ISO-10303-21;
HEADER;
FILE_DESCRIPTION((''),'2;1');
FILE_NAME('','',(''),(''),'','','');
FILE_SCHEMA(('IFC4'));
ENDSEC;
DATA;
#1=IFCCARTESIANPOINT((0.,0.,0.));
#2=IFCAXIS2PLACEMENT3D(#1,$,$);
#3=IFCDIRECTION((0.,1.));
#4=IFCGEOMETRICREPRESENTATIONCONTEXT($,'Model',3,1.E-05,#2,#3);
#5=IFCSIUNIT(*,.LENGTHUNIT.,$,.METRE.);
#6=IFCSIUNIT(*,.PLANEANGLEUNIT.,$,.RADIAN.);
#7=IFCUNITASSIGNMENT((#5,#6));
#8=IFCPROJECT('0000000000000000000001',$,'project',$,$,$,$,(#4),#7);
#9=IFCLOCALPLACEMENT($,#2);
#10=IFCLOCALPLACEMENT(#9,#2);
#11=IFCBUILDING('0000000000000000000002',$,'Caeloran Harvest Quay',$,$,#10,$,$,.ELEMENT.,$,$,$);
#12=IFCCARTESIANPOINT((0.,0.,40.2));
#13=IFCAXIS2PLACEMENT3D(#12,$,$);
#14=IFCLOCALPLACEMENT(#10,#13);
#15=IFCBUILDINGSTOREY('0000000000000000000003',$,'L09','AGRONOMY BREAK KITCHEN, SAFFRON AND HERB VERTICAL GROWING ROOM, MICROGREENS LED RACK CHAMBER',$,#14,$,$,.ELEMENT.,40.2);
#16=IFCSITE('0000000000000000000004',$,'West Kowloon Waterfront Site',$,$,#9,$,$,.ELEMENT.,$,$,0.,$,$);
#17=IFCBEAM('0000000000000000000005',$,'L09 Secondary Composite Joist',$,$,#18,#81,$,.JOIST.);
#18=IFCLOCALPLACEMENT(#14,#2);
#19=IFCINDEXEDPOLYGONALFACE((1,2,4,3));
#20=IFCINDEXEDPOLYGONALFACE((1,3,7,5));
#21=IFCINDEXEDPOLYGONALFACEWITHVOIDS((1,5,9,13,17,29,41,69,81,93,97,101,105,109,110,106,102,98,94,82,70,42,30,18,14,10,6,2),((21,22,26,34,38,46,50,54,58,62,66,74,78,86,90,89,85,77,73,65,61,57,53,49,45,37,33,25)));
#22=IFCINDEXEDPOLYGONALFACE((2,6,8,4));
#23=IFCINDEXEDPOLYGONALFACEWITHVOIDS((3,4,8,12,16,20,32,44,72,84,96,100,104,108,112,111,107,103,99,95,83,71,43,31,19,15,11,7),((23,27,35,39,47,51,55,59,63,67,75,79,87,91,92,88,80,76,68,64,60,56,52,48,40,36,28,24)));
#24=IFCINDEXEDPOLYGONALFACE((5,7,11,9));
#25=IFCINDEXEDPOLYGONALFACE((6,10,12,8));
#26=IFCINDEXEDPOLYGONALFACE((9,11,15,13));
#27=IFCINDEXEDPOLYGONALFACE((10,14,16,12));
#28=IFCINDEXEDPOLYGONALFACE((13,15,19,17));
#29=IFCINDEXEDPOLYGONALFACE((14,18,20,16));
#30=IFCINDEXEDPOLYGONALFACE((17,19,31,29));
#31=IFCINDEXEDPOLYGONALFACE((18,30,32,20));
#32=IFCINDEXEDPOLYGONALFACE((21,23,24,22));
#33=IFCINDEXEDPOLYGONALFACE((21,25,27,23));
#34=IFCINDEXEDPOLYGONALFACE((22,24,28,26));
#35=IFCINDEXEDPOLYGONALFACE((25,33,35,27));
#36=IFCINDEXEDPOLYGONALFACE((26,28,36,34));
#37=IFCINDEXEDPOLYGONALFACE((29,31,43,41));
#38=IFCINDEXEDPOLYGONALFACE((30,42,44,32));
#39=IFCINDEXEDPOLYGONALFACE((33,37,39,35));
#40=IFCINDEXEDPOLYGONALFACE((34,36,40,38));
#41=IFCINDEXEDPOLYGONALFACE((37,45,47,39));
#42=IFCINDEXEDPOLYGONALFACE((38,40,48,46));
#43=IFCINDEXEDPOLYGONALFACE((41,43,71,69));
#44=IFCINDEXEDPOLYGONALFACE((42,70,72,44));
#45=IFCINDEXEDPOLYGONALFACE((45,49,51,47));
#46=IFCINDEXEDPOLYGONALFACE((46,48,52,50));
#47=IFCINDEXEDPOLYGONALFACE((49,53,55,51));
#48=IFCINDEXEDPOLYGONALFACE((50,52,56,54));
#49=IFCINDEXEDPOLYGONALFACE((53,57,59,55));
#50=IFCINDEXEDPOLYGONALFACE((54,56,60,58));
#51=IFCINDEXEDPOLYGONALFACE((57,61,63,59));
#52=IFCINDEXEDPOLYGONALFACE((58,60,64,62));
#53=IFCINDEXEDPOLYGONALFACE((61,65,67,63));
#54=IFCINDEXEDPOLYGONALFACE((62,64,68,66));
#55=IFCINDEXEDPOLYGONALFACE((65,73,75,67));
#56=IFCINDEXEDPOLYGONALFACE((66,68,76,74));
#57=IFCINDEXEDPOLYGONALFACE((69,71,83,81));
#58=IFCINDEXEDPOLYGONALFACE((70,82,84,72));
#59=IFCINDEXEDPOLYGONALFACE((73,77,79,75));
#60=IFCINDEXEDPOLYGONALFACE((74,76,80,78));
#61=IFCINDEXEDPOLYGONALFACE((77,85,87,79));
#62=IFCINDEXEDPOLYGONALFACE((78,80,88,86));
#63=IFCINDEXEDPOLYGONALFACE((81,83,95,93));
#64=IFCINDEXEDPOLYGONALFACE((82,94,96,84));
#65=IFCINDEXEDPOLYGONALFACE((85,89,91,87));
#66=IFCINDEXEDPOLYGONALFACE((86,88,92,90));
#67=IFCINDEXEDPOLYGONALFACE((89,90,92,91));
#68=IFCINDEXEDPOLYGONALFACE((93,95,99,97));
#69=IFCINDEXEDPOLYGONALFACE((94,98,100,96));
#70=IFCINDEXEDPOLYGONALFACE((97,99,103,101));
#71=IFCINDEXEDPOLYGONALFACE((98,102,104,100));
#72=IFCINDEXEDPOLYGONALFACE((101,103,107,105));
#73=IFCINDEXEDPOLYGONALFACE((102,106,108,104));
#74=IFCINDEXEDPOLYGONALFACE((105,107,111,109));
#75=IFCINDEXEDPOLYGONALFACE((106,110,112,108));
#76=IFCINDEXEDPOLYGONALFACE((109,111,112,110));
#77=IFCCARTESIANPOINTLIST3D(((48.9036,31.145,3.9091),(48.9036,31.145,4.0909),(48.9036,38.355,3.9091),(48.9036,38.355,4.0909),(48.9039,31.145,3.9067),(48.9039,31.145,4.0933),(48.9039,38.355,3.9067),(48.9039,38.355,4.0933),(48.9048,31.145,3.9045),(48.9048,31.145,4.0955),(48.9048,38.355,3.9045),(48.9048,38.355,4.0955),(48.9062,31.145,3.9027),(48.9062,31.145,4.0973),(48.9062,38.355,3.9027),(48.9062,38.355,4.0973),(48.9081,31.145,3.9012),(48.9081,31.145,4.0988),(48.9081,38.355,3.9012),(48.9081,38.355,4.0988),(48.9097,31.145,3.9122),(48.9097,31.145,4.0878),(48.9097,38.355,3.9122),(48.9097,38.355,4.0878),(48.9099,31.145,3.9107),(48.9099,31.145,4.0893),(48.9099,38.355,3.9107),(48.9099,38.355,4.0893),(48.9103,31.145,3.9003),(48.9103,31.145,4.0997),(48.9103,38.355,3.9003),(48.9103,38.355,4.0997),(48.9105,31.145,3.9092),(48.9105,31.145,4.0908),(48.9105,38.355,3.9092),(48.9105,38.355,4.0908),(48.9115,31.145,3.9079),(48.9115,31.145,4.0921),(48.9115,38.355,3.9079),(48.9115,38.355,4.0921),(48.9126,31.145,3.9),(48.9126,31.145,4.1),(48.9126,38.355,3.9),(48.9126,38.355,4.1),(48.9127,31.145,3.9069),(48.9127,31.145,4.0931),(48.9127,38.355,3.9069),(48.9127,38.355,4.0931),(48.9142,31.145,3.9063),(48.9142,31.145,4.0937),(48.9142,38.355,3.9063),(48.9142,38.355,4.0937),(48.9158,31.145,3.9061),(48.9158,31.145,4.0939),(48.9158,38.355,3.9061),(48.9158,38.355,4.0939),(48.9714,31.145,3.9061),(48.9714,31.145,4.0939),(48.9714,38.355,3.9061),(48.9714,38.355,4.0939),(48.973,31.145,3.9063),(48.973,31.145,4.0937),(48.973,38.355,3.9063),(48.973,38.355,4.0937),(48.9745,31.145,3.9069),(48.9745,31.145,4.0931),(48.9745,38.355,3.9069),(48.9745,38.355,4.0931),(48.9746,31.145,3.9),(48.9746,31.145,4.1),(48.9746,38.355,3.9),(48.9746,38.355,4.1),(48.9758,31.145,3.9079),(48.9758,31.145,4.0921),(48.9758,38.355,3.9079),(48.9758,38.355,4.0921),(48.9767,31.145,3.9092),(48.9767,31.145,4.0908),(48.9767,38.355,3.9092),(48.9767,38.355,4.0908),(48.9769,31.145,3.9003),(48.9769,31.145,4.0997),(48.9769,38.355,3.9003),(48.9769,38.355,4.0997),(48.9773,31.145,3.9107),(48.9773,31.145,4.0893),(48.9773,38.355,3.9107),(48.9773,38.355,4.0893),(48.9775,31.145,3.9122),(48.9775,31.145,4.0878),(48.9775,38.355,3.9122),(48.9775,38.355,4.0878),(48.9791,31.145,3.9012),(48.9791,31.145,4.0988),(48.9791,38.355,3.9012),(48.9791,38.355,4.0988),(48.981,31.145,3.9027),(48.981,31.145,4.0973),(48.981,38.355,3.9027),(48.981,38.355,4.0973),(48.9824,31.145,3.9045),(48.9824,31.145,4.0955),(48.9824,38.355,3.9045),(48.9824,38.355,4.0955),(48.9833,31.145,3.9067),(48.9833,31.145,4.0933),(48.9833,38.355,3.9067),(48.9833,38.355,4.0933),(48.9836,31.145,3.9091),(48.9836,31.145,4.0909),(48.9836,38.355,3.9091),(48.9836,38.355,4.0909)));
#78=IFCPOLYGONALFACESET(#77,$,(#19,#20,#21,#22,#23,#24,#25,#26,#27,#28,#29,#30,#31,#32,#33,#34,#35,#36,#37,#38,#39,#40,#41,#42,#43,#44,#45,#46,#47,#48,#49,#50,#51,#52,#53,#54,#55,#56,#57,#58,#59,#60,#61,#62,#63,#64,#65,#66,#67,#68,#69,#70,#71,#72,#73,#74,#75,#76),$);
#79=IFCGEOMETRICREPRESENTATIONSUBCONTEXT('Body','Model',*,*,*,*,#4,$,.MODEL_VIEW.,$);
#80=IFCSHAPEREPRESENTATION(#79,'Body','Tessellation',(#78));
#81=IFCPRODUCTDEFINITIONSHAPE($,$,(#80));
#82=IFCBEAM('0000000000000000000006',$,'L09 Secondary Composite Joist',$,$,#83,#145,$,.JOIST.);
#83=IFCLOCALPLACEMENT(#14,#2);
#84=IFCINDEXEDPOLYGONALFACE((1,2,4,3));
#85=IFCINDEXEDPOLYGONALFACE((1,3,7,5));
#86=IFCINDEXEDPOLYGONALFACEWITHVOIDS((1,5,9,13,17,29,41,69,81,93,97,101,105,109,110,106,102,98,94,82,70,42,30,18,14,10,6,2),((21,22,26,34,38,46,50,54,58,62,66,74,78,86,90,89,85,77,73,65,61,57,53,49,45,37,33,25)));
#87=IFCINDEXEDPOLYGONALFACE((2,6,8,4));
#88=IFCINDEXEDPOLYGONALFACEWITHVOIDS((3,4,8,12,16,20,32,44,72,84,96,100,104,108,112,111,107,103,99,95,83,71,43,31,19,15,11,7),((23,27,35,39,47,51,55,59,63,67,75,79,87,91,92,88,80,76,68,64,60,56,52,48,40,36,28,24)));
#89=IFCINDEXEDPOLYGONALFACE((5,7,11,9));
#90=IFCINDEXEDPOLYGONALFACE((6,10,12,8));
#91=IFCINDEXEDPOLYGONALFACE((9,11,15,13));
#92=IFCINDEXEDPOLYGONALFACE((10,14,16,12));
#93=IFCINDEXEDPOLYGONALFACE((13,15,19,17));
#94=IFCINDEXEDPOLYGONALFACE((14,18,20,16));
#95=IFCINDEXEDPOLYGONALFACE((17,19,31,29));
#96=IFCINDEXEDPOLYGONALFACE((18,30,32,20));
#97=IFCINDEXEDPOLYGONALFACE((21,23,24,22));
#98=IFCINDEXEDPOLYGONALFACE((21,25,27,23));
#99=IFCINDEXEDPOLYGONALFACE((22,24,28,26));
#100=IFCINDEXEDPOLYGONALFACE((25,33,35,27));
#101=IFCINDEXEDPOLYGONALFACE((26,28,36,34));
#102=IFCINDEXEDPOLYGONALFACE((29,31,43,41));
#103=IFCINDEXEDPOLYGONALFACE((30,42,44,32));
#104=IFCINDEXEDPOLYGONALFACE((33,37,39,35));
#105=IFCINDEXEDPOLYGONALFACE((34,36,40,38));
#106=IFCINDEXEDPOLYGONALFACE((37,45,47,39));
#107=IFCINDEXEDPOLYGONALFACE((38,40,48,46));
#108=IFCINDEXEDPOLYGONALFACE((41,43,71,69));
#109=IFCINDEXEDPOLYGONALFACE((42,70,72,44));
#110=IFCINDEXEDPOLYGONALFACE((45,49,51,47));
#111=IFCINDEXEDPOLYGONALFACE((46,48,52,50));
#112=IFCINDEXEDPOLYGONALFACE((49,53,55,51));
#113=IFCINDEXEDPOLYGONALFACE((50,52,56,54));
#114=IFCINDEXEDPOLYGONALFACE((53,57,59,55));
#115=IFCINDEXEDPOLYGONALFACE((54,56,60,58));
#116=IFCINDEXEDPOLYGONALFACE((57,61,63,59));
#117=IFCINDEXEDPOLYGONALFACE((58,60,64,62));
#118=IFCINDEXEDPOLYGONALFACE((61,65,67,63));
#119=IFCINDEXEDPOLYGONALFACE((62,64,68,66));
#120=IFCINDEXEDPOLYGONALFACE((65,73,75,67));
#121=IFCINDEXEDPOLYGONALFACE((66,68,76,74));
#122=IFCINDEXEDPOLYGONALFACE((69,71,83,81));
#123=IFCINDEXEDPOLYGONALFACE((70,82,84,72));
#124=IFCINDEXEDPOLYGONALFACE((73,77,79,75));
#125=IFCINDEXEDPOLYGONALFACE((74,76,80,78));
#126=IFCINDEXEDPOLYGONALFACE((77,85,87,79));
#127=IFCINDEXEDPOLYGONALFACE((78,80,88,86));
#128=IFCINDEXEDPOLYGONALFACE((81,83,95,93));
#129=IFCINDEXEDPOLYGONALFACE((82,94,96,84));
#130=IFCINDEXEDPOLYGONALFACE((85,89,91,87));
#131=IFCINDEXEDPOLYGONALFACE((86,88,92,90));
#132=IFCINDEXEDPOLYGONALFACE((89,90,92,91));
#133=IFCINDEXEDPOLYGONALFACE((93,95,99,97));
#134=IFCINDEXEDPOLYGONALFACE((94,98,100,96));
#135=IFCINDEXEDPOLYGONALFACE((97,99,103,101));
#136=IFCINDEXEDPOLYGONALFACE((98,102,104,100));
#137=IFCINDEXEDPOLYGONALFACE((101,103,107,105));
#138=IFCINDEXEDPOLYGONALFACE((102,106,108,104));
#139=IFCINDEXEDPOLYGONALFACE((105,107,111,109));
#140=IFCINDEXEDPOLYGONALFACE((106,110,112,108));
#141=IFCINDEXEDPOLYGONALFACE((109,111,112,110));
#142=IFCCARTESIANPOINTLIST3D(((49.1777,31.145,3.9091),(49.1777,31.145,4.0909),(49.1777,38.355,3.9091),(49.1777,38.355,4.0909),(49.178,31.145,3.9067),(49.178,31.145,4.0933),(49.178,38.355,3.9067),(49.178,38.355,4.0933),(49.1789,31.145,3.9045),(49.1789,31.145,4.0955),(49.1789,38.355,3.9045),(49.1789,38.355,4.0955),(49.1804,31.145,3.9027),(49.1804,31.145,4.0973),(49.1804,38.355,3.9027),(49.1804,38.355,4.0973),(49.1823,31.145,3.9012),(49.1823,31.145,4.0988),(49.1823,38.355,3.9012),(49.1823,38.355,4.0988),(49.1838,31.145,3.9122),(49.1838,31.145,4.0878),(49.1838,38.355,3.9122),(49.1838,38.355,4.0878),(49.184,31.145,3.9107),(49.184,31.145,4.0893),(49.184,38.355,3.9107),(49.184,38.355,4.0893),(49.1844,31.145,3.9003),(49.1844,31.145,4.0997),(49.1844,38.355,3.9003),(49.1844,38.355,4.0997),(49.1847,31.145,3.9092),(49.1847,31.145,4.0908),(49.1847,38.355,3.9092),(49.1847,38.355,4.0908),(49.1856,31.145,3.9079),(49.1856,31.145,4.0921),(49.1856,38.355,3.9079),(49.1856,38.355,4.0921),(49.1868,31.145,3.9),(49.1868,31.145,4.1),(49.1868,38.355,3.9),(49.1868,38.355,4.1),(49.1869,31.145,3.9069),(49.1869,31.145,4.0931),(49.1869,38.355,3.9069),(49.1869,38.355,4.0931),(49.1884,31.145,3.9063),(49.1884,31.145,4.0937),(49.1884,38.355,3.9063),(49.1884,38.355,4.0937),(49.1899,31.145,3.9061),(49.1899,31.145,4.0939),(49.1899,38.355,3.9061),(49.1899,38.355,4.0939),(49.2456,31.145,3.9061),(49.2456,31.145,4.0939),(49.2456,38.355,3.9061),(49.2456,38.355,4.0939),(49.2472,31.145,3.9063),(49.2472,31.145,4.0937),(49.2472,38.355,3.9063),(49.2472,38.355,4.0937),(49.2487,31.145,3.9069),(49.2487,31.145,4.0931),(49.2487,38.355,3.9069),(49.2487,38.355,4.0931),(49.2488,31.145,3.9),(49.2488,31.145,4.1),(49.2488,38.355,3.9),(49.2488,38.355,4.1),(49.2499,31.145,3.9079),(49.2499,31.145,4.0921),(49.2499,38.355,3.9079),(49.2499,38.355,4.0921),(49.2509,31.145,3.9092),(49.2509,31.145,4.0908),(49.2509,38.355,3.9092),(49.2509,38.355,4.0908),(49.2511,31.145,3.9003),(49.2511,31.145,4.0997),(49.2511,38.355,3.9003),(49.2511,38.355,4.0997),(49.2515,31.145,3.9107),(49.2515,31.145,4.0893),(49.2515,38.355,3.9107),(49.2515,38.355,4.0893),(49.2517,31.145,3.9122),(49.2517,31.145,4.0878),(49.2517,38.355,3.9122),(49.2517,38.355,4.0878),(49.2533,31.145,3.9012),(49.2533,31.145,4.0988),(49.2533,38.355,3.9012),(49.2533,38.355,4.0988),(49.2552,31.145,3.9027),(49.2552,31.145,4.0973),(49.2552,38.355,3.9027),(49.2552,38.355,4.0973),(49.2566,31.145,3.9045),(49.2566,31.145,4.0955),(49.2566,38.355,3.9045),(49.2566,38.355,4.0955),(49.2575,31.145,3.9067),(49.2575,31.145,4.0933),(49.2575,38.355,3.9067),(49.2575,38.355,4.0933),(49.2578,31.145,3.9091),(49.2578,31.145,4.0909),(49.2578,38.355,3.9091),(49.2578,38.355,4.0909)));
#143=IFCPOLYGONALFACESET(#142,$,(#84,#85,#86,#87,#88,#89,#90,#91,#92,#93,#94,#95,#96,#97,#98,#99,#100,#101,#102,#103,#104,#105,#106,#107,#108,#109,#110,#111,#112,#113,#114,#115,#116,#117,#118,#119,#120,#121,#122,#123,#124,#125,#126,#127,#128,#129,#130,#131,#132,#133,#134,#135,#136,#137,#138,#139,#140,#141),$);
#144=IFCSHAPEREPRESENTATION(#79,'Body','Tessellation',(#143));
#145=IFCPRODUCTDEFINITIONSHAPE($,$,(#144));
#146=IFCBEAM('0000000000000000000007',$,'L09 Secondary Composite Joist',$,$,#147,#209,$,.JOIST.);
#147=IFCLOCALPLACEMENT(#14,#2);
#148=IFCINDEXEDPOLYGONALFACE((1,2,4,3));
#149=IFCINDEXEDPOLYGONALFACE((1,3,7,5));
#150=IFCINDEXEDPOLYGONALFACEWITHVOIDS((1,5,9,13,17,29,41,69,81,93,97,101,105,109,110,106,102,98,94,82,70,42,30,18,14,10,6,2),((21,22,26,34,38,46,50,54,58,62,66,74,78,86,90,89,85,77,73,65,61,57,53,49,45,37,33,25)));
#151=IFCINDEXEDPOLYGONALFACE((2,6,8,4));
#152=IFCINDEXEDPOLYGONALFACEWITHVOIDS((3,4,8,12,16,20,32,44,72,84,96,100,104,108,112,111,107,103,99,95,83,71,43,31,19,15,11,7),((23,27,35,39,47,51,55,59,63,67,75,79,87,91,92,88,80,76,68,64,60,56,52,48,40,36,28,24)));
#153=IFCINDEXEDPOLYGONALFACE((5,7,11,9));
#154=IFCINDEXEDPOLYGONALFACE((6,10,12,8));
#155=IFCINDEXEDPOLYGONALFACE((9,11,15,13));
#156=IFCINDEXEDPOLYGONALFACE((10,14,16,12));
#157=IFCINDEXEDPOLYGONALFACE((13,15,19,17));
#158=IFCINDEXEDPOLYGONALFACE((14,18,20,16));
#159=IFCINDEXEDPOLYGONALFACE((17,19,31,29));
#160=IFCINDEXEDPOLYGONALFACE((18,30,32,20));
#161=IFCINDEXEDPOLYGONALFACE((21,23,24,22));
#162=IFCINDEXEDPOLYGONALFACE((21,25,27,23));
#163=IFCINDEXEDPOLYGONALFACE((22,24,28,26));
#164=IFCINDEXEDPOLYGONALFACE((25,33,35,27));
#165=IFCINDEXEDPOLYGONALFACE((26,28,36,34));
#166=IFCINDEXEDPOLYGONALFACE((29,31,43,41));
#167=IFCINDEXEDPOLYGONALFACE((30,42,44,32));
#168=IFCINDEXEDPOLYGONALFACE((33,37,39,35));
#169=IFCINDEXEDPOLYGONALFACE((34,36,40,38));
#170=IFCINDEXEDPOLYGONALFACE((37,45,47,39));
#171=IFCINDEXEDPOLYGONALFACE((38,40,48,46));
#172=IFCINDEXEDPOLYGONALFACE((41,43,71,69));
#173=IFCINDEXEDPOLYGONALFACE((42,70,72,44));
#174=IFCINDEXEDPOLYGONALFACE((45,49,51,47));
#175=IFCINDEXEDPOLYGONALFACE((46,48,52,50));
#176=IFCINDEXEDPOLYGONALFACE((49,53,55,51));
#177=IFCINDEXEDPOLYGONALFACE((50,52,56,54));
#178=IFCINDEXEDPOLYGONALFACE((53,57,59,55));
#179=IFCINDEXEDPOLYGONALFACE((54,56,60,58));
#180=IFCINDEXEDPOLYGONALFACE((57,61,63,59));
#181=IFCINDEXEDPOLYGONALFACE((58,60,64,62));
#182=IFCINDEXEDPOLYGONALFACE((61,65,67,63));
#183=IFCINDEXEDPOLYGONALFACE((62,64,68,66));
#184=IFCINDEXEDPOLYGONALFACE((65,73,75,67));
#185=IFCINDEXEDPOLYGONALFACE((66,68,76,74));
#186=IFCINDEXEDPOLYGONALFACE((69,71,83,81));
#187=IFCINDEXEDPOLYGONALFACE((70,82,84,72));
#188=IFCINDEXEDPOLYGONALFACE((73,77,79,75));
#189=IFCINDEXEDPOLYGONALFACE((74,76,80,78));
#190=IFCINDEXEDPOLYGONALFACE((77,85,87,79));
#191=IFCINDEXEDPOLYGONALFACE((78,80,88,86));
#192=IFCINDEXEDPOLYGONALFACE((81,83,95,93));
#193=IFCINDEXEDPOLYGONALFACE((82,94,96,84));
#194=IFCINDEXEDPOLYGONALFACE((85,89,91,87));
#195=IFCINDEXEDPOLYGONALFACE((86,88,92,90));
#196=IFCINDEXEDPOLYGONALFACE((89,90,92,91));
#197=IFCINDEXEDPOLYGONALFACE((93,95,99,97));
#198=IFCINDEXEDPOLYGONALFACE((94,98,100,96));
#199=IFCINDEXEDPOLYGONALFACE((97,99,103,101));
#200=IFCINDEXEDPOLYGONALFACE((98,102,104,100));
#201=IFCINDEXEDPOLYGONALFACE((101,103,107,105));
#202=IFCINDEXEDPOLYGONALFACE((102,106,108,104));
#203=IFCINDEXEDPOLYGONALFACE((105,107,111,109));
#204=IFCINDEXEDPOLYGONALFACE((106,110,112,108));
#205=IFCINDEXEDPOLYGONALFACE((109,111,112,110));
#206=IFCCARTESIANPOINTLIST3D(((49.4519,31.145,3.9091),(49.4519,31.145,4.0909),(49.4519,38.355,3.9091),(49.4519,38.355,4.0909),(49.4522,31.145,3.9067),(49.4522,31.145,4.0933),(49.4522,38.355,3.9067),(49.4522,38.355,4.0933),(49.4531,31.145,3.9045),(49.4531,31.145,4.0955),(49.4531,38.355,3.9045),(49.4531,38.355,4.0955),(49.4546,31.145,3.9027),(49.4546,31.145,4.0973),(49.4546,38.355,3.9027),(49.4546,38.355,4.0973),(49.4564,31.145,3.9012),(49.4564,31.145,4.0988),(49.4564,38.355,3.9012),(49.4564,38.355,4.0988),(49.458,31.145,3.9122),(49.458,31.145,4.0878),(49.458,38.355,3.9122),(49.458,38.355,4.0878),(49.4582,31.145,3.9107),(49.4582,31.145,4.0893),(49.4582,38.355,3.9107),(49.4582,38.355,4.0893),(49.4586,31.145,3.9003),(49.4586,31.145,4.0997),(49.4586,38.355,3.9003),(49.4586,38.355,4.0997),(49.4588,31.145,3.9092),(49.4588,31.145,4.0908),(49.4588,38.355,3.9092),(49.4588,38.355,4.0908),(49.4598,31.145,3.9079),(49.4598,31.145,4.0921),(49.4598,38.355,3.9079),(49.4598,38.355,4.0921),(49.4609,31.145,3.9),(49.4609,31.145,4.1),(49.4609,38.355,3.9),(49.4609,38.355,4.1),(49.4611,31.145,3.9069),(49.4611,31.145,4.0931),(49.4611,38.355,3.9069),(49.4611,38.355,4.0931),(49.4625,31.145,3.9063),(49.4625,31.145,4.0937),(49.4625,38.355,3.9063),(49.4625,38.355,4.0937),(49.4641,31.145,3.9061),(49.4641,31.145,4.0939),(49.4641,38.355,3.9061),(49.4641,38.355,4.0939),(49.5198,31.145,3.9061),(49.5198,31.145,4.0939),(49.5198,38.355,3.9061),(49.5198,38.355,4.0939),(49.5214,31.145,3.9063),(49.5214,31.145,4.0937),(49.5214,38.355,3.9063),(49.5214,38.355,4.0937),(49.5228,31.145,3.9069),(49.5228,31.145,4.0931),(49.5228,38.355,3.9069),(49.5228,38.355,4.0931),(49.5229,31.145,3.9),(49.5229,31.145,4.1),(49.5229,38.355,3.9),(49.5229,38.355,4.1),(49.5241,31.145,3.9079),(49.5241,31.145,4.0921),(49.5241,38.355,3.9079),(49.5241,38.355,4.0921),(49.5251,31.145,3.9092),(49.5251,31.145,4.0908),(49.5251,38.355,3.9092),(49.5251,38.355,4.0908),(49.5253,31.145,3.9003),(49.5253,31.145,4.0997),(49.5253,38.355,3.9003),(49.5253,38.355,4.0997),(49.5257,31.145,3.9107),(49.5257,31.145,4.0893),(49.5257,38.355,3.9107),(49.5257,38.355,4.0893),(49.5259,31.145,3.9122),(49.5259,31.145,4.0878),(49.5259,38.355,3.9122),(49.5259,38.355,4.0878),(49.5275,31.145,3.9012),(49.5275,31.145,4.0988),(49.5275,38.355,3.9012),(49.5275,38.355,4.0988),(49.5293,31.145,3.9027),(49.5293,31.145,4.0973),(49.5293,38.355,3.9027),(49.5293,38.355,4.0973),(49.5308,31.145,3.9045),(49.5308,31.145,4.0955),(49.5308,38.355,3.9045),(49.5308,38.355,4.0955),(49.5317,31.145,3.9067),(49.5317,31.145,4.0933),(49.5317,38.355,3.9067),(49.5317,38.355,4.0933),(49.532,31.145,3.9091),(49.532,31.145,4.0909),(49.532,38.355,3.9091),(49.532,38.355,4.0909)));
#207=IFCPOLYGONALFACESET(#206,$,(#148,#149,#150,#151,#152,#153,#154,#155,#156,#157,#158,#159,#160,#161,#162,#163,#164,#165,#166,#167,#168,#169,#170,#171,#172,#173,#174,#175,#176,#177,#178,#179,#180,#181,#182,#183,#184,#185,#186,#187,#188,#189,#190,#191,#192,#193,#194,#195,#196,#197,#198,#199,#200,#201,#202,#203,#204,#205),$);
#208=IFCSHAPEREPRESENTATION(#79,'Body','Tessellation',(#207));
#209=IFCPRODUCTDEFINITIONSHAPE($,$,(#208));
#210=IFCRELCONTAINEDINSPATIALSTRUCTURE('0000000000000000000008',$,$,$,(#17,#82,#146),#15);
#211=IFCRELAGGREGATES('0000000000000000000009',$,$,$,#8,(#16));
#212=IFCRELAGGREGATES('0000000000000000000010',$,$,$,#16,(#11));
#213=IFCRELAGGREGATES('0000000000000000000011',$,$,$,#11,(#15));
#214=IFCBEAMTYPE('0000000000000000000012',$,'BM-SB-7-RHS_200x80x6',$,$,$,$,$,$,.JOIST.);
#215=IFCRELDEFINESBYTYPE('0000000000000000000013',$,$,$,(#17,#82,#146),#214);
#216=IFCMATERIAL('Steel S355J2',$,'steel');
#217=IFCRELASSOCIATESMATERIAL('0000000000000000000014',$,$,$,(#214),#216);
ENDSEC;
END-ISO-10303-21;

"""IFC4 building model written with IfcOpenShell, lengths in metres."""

from ifc_helpers import new_model, si_unit, direction, frame, origin, origin_2d, place, context, subcontext, project, spatial, hollow_rectangle, extrude, material, material_profile, profile_set, type_object, element, save


model = new_model("IFC4")

# Units and contexts
model_context = context("Model", 3, precision=1e-05, world=origin(), true_north=direction((0.0, 1.0)))
body_context = subcontext(model_context, "Body", "Model", "MODEL_VIEW")
ifc_project = project(units=[si_unit("LENGTHUNIT", "METRE"), si_unit("PLANEANGLEUNIT", "RADIAN")], contexts=[model_context])

# Site, building, storey
site_placement = place(None, origin())
site = spatial("IfcSite", under=ifc_project, at=site_placement, Name="West Kowloon Waterfront Site", CompositionType="ELEMENT", RefElevation=0.0)
building_placement = place(site_placement, origin())
building = spatial("IfcBuilding", under=site, at=building_placement, Name="Caeloran Harvest Quay", CompositionType="ELEMENT")
storey_placement = place(building_placement, frame((0.0, 0.0, 40.2)))
storey = spatial("IfcBuildingStorey", under=building, at=storey_placement, Name="L09", Description="AGRONOMY BREAK KITCHEN, SAFFRON AND HERB VERTICAL GROWING ROOM, MICROGREENS LED RACK CHAMBER", CompositionType="ELEMENT", Elevation=40.2)

# Beams
ifc_material_1 = material(Name="Steel S355J2", Category="steel")
ifc_material_profile_1 = material_profile(ifc_material_1, hollow_rectangle(XDim=0.0801, YDim=0.2, WallThickness=0.0061, InnerFilletRadius=0.0061, OuterFilletRadius=0.009, at=origin_2d()), Name="RHS 200x80x6")
ifc_profile_set_1 = profile_set([ifc_material_profile_1], Name="Steel S355J2")
beam_type_1 = type_object("IfcBeamType", Name="BM-SB-7-RHS_200x80x6", PredefinedType="JOIST", material=ifc_profile_set_1)
for number, where, z_axis, x_axis, name in (
    (1, (48.9436, 31.145, 4.0), (0.0, 1.0, 0.0), (-1.0, 0.0, 0.0), "L09 Secondary Composite Joist"),
    (2, (49.2178, 31.145, 4.0), (0.0, 1.0, 0.0), (-1.0, 0.0, 0.0), "L09 Secondary Composite Joist"),
    (3, (49.4919, 31.145, 4.0), (0.0, 1.0, 0.0), (-1.0, 0.0, 0.0), "L09 Secondary Composite Joist"),
):
    element("IfcBeam", number, at=place(storey_placement, frame(where, z_axis=z_axis, x_axis=x_axis)), inside=storey, type_object=beam_type_1, Name=name, PredefinedType="JOIST", context=body_context, shape_type="SweptSolid", body=[
        extrude(hollow_rectangle(XDim=0.0801, YDim=0.2, WallThickness=0.0061, InnerFilletRadius=0.0061, OuterFilletRadius=0.009, at=origin_2d()), origin(), (0.0, 0.0, 1.0), 7.21),
    ])

save(model, "model.ifc")
